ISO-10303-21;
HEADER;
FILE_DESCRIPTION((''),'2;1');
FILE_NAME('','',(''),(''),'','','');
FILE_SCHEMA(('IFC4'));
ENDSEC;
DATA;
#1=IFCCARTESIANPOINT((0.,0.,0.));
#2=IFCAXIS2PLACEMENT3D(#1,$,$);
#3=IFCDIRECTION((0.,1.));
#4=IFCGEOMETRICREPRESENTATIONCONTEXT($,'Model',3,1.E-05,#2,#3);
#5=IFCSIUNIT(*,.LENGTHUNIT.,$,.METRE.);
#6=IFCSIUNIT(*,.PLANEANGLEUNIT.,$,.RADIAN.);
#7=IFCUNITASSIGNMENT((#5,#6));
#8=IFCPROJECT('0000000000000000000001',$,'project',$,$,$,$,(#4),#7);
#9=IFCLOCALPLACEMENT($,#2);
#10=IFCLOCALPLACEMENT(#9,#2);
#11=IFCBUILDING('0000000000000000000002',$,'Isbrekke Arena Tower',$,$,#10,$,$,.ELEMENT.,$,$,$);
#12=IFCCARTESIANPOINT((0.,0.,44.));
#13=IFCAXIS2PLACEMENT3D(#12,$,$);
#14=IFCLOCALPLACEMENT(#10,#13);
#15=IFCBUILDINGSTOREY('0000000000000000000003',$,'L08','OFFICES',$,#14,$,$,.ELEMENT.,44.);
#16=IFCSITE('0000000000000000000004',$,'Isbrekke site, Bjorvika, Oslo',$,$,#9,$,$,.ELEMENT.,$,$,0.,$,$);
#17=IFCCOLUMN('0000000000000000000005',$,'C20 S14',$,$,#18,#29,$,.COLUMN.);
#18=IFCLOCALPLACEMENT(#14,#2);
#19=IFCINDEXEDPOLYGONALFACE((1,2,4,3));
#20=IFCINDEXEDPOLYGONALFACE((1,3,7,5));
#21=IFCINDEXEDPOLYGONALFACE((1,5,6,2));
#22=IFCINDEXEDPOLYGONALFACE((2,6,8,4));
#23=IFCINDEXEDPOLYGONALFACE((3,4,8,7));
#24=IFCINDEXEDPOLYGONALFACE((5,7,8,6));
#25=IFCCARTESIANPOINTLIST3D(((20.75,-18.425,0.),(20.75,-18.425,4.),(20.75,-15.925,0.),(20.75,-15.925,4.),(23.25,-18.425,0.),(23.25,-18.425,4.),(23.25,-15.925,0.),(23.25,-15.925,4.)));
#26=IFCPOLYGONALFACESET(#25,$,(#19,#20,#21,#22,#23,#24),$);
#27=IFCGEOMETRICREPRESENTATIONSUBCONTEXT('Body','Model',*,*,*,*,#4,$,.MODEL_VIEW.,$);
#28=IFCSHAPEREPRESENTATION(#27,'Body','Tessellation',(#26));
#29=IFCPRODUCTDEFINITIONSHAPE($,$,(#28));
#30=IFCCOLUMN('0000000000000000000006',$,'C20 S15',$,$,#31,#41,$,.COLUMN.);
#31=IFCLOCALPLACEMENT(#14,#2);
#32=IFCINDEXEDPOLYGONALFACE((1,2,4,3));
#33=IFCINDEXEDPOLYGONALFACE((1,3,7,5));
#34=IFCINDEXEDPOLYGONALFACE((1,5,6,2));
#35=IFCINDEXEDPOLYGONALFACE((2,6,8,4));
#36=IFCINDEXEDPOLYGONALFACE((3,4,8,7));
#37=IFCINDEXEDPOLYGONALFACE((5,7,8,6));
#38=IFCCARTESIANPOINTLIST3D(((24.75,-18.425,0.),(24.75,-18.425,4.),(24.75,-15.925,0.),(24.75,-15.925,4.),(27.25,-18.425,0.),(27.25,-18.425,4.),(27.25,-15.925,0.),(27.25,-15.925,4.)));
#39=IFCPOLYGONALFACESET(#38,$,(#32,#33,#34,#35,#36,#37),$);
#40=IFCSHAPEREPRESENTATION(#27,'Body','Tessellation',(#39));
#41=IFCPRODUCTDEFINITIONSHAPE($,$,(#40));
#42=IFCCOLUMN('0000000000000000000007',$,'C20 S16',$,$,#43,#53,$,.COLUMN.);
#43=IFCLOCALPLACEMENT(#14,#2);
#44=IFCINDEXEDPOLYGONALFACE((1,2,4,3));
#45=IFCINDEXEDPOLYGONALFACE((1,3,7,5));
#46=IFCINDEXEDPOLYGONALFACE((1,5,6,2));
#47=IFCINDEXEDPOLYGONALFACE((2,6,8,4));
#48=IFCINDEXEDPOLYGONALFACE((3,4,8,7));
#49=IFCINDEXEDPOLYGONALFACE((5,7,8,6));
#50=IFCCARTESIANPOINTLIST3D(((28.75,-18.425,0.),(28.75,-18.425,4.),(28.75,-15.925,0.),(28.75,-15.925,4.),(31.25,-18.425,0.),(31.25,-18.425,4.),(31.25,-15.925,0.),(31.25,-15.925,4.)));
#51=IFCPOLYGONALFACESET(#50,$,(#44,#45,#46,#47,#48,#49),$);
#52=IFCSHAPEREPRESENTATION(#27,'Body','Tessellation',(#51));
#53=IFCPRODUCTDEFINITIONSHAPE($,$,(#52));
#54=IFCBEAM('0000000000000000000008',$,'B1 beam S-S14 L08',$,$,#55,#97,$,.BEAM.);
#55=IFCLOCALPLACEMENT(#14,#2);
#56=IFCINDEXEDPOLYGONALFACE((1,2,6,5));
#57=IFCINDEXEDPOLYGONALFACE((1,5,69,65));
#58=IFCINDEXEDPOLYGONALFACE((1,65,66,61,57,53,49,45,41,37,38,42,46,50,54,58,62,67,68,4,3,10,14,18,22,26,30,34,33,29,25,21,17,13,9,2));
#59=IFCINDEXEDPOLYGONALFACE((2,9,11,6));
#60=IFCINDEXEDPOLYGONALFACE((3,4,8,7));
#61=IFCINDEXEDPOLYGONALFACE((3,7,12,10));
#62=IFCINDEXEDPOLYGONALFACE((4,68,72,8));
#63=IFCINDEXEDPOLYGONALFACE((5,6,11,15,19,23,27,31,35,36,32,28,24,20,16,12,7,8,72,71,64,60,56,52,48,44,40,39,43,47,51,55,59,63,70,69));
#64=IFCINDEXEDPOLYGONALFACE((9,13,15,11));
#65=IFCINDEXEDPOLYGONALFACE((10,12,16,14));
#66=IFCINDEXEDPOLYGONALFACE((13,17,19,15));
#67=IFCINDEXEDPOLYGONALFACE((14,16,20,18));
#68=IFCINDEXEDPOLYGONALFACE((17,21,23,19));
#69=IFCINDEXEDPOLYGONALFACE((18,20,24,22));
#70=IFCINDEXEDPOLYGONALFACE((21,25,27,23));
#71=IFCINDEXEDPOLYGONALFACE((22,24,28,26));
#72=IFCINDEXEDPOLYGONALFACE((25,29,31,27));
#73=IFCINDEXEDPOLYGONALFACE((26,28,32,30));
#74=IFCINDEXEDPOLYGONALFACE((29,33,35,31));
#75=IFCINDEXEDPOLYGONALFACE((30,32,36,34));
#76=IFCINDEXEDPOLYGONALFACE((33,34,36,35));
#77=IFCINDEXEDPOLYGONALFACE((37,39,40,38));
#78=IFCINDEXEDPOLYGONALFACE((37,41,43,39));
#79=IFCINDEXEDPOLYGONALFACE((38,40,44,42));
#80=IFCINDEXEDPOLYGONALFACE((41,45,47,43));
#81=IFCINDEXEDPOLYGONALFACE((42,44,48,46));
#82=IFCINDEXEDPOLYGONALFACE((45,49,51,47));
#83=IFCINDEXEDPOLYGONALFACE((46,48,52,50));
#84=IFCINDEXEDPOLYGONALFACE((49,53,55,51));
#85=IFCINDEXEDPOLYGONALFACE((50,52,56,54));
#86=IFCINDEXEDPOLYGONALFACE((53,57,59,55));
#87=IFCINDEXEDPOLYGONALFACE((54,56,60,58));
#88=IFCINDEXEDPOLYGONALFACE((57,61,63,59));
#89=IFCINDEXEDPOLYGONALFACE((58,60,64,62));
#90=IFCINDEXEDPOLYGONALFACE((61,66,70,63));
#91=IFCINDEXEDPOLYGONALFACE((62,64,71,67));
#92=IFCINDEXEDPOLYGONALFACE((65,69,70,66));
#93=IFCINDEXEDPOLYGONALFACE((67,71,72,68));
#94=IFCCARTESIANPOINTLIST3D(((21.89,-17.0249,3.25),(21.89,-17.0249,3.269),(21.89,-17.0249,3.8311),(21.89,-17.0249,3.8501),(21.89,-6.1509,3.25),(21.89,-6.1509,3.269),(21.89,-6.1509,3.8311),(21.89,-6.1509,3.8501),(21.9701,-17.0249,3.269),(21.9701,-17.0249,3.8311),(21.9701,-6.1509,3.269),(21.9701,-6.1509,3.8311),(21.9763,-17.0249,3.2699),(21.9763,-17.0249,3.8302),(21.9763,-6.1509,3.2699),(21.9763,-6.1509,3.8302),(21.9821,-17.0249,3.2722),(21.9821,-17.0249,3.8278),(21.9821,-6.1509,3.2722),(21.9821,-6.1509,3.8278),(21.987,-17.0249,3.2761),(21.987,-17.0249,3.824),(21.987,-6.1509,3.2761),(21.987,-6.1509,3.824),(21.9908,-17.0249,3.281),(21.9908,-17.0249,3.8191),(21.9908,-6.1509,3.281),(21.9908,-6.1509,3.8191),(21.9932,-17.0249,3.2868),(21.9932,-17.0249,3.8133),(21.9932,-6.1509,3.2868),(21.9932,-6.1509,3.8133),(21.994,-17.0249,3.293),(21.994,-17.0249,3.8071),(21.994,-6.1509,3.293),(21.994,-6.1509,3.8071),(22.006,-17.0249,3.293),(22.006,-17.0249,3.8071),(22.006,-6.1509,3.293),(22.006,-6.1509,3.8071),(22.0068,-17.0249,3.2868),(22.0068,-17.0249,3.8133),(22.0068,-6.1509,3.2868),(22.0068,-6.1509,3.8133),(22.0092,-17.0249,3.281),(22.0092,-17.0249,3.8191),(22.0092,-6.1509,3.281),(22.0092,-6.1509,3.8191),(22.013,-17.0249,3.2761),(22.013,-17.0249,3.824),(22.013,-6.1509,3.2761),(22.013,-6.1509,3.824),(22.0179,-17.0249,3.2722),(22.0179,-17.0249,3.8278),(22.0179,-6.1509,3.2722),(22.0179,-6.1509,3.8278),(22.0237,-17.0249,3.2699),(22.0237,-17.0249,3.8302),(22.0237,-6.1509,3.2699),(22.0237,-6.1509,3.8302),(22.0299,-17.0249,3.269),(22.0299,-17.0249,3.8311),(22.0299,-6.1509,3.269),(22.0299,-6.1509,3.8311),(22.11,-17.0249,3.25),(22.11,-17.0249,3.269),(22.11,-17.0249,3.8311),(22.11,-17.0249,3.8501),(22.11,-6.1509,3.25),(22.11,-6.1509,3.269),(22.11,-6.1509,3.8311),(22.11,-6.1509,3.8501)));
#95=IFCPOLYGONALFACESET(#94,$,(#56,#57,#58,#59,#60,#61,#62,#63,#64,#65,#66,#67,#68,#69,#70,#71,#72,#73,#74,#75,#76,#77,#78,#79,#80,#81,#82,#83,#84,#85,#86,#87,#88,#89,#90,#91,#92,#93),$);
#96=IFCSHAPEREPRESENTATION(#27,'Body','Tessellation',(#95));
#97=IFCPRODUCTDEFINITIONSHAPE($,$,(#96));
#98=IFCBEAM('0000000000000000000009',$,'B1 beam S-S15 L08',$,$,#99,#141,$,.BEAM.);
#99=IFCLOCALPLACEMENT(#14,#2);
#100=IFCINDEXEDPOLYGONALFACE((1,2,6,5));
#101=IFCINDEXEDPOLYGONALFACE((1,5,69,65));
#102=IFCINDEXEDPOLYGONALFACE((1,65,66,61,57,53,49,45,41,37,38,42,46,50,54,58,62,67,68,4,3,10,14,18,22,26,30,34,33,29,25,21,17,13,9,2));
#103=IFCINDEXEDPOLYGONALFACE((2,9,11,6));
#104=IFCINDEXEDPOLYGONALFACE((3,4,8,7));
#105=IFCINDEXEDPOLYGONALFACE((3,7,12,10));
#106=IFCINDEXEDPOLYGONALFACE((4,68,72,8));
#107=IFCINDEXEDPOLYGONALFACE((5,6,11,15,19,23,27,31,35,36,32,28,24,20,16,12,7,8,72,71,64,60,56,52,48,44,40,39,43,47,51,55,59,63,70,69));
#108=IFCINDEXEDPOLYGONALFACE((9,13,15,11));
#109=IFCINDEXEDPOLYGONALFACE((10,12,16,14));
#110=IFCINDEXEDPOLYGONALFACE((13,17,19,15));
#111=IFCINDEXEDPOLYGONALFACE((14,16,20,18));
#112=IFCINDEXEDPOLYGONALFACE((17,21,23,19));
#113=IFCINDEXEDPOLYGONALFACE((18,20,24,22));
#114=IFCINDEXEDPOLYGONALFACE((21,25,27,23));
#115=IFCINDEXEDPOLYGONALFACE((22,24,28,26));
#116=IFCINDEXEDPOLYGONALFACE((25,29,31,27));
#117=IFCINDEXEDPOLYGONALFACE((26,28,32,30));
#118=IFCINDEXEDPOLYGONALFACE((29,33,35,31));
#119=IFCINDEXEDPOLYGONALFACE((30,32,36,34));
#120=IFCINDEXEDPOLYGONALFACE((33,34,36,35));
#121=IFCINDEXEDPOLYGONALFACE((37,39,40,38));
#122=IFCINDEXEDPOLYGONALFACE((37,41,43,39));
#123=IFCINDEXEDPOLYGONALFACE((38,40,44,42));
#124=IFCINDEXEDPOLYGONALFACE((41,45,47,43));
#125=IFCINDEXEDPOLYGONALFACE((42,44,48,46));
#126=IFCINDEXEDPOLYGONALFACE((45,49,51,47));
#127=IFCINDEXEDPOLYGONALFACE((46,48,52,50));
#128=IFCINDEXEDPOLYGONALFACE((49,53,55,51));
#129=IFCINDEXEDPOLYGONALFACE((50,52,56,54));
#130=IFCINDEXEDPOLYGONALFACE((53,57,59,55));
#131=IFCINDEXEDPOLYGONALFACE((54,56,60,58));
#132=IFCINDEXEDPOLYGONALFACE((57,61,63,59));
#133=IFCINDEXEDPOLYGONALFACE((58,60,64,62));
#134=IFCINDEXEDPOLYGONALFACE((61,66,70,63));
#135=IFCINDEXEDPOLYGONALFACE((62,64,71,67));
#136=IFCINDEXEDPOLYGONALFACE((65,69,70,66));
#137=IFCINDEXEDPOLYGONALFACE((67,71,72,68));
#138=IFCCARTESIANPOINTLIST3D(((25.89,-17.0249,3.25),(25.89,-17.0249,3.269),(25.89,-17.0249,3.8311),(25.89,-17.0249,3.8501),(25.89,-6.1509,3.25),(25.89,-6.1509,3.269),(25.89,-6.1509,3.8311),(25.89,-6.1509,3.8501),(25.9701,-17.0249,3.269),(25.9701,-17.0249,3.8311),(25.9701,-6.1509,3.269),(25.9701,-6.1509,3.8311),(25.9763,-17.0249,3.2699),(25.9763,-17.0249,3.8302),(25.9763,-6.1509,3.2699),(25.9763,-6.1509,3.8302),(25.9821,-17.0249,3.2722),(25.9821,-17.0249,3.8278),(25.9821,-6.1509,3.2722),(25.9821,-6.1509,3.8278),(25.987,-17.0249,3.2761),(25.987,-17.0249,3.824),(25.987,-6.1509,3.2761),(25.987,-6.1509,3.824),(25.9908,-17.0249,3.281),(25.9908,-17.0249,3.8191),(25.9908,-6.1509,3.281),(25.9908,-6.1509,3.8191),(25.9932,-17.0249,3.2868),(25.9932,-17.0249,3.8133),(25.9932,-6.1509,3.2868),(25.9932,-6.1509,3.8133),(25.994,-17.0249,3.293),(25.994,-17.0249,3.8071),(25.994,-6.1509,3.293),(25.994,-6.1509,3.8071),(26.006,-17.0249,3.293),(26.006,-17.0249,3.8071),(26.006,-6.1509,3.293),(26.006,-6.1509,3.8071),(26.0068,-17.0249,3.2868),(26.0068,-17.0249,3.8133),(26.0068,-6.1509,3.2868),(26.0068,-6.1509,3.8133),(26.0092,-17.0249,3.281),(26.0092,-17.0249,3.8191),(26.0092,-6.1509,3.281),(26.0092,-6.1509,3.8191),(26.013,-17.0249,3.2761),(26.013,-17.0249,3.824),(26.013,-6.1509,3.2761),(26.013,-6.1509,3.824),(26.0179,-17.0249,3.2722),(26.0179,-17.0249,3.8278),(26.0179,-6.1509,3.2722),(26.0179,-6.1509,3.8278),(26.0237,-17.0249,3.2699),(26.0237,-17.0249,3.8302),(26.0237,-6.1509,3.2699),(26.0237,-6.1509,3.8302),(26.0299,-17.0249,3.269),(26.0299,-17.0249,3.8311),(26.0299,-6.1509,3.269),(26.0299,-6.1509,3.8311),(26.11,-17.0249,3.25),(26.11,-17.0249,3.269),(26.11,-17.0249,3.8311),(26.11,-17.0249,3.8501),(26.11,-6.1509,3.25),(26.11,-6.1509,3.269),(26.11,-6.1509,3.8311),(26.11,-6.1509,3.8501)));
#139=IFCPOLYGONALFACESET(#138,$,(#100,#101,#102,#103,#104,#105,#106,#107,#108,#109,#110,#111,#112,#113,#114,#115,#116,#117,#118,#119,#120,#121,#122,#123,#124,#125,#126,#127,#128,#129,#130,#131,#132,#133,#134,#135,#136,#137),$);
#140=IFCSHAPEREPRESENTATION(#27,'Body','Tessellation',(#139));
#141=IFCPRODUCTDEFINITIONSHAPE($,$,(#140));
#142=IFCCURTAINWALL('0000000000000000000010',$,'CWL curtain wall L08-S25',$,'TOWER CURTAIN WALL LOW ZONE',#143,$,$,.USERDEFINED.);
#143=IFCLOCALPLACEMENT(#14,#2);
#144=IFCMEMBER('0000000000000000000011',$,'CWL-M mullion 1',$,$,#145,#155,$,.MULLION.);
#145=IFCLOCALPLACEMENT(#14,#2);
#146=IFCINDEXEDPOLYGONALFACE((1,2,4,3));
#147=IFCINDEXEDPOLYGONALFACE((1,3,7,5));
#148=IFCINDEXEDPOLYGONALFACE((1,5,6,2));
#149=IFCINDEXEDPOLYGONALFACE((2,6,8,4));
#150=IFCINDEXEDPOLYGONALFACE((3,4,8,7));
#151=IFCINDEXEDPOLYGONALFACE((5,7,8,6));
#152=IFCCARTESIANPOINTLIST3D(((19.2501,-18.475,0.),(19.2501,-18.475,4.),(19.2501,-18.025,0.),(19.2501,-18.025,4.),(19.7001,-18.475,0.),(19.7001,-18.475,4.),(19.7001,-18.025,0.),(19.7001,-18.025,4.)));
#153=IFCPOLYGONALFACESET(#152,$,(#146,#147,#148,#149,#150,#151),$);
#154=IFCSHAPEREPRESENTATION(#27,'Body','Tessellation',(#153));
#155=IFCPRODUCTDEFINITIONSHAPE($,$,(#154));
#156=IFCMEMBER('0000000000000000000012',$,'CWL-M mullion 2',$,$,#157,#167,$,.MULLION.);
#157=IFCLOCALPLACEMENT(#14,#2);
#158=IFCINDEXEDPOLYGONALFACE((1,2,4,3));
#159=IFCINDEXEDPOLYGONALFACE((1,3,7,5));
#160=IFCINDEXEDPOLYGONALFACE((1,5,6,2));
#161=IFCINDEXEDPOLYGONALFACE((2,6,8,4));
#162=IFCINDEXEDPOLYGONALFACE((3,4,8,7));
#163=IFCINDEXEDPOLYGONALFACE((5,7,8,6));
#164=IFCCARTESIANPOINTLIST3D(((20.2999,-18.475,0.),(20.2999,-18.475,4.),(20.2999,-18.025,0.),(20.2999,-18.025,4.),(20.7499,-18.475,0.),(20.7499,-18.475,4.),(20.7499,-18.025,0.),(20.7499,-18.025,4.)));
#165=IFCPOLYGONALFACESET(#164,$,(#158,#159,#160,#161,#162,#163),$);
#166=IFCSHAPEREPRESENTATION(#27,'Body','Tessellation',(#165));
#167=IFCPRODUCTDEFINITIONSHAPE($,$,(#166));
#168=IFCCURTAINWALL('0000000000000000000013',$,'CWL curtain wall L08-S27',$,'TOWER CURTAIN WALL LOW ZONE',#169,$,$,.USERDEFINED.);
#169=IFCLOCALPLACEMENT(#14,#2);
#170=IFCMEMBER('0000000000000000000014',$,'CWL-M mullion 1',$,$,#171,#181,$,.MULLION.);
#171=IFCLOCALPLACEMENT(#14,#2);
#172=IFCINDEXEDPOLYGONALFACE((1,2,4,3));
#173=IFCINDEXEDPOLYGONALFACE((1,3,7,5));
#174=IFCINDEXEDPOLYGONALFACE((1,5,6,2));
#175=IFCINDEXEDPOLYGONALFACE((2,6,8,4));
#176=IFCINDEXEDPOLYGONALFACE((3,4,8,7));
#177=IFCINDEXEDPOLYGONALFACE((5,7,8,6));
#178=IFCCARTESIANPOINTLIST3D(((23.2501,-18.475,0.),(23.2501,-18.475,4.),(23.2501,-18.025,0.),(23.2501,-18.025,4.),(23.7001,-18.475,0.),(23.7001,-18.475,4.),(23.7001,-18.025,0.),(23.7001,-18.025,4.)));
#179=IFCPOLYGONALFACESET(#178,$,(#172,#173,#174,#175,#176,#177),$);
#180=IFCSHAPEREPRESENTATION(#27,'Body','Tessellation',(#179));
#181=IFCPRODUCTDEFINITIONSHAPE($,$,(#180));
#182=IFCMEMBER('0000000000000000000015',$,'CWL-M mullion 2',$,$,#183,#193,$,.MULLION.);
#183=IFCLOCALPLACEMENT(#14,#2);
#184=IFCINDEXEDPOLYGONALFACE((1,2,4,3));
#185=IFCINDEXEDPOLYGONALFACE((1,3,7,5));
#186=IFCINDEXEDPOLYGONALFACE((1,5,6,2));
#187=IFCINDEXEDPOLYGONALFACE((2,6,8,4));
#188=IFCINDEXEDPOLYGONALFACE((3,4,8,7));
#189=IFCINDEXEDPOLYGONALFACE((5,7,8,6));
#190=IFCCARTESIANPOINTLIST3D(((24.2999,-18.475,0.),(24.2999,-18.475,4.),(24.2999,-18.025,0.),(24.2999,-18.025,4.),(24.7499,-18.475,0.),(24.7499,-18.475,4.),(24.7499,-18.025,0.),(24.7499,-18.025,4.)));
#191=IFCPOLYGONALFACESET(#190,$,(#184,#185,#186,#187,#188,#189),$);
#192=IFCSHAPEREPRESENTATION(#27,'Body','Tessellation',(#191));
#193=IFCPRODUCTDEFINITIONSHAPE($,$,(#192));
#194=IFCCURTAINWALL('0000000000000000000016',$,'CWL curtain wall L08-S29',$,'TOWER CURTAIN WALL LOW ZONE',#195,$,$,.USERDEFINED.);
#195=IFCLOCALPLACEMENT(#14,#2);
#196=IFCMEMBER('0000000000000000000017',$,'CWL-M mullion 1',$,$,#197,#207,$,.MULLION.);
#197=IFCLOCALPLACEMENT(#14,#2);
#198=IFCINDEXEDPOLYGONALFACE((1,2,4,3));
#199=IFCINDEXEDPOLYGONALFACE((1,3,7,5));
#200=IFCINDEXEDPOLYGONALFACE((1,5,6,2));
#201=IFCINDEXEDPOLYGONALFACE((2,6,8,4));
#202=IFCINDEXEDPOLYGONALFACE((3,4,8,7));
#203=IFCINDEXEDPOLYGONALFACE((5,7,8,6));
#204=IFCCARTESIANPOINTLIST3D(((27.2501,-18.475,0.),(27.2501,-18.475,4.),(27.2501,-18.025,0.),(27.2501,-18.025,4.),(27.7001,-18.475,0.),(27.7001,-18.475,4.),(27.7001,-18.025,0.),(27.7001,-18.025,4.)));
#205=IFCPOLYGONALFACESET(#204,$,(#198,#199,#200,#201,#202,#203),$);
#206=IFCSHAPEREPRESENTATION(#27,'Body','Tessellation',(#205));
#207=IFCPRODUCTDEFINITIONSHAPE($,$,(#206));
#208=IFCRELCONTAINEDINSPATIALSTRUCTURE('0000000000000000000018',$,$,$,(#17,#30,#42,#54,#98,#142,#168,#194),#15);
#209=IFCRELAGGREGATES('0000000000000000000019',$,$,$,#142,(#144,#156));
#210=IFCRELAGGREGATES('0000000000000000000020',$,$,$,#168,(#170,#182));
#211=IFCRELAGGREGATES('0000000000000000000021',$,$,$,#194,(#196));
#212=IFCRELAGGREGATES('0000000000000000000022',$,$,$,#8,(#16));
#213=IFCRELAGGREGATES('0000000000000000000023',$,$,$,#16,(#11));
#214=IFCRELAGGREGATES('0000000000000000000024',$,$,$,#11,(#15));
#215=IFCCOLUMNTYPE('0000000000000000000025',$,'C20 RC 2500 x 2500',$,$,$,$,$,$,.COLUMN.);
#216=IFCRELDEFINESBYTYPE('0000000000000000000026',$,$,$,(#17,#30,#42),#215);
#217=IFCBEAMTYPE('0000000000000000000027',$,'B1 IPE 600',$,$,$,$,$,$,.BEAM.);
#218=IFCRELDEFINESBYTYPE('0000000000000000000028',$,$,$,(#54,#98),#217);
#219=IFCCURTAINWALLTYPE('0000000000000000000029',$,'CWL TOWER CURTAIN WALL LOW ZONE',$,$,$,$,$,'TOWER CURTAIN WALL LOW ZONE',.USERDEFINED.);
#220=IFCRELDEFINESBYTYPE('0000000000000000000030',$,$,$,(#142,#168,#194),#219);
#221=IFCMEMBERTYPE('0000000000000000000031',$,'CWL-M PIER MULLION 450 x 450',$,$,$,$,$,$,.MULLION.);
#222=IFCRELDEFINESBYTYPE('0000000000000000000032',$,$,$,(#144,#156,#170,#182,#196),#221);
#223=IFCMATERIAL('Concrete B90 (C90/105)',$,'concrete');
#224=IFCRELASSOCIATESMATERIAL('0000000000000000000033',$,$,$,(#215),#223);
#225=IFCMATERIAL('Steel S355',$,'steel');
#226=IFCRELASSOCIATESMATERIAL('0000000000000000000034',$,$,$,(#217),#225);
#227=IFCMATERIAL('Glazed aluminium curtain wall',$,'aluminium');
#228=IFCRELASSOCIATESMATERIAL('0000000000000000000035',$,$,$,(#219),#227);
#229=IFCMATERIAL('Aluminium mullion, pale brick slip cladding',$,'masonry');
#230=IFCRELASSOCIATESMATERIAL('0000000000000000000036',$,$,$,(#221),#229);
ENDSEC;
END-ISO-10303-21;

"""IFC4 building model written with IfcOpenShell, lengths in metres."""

from ifc_helpers import new_model, si_unit, direction, frame, origin, origin_2d, place, context, subcontext, project, spatial, rectangle, i_section, extrude, material, material_profile, profile_set, type_object, element, aggregate, save


model = new_model("IFC4")

# Units and contexts
model_context = context("Model", 3, precision=1e-05, world=origin(), true_north=direction((0.0, 1.0)))
body_context = subcontext(model_context, "Body", "Model", "MODEL_VIEW")
ifc_project = project(units=[si_unit("LENGTHUNIT", "METRE"), si_unit("PLANEANGLEUNIT", "RADIAN")], contexts=[model_context])

# Site, building, storey
site_placement = place(None, origin())
site = spatial("IfcSite", under=ifc_project, at=site_placement, Name="Isbrekke site, Bjorvika, Oslo", CompositionType="ELEMENT", RefElevation=0.0)
building_placement = place(site_placement, origin())
building = spatial("IfcBuilding", under=site, at=building_placement, Name="Isbrekke Arena Tower", CompositionType="ELEMENT")
storey_placement = place(building_placement, frame((0.0, 0.0, 44.0)))
storey = spatial("IfcBuildingStorey", under=building, at=storey_placement, Name="L08", Description="OFFICES", CompositionType="ELEMENT", Elevation=44.0)

# Columns
ifc_material_1 = material(Name="Concrete B90 (C90/105)", Category="concrete")
ifc_material_profile_1 = material_profile(ifc_material_1, rectangle(XDim=2.5, YDim=2.5, at=origin_2d()), Name="RC 2500x2500")
ifc_profile_set_1 = profile_set([ifc_material_profile_1], Name="Concrete B90 (C90/105)")
column_type = type_object("IfcColumnType", Name="C20 RC 2500 x 2500", PredefinedType="COLUMN", material=ifc_profile_set_1)
for number, where, z_axis, x_axis, name in (
    (1, (22.0, -17.175, 0.0), (0.0, 0.0, 1.0), (1.0, 0.0, 0.0), "C20 S14"),
    (2, (26.0, -17.175, 0.0), (0.0, 0.0, 1.0), (1.0, 0.0, 0.0), "C20 S15"),
    (3, (30.0, -17.175, 0.0), (0.0, 0.0, 1.0), (1.0, 0.0, 0.0), "C20 S16"),
):
    element("IfcColumn", number, at=place(storey_placement, frame(where, z_axis=z_axis, x_axis=x_axis)), inside=storey, type_object=column_type, Name=name, PredefinedType="COLUMN", context=body_context, shape_type="SweptSolid", body=[
        extrude(rectangle(XDim=2.5, YDim=2.5, at=origin_2d()), origin(), (0.0, 0.0, 1.0), 4.0),
    ])

# Beams
ifc_material_2 = material(Name="Steel S355", Category="steel")
ifc_material_profile_2 = material_profile(ifc_material_2, i_section(OverallWidth=0.22, OverallDepth=0.6001, WebThickness=0.012, FlangeThickness=0.019, FilletRadius=0.0239, at=origin_2d()), Name="IPE 600")
ifc_profile_set_2 = profile_set([ifc_material_profile_2], Name="Steel S355")
beam_type_1 = type_object("IfcBeamType", Name="B1 IPE 600", PredefinedType="BEAM", material=ifc_profile_set_2)
for number, where, z_axis, x_axis, name in (
    (4, (22.0, -17.0249, 3.55), (0.0, 1.0, 0.0), (-1.0, 0.0, 0.0), "B1 beam S-S14 L08"),
    (5, (26.0, -17.0249, 3.55), (0.0, 1.0, 0.0), (-1.0, 0.0, 0.0), "B1 beam S-S15 L08"),
):
    element("IfcBeam", number, at=place(storey_placement, frame(where, z_axis=z_axis, x_axis=x_axis)), inside=storey, type_object=beam_type_1, Name=name, PredefinedType="BEAM", context=body_context, shape_type="SweptSolid", body=[
        extrude(i_section(OverallWidth=0.22, OverallDepth=0.6001, WebThickness=0.012, FlangeThickness=0.019, FilletRadius=0.0239, at=origin_2d()), origin(), (0.0, 0.0, 1.0), 10.874),
    ])

# Curtain walls, members
ifc_material_3 = material(Name="Glazed aluminium curtain wall", Category="aluminium")
curtain_wall_type = type_object("IfcCurtainWallType", Name="CWL TOWER CURTAIN WALL LOW ZONE", ElementType="TOWER CURTAIN WALL LOW ZONE", PredefinedType="USERDEFINED", material=ifc_material_3)
curtain_wall_1_placement = place(storey_placement, origin())
curtain_wall_1 = element("IfcCurtainWall", 6, at=curtain_wall_1_placement, inside=storey, type_object=curtain_wall_type, Name="CWL curtain wall L08-S25", ObjectType="TOWER CURTAIN WALL LOW ZONE", PredefinedType="USERDEFINED")
ifc_material_4 = material(Name="Aluminium mullion, pale brick slip cladding", Category="masonry")
ifc_material_profile_3 = material_profile(ifc_material_4, rectangle(XDim=0.45, YDim=0.45, at=origin_2d()), Name="PIER 450X450")
ifc_profile_set_3 = profile_set([ifc_material_profile_3], Name="Aluminium mullion, pale brick slip cladding")
member_type_1 = type_object("IfcMemberType", Name="CWL-M PIER MULLION 450 x 450", PredefinedType="MULLION", material=ifc_profile_set_3)
member_1_placement = place(storey_placement, frame((19.4751, -18.25, 0.0), z_axis=(0.0, 0.0, 1.0), x_axis=(1.0, 0.0, 0.0)))
member_1 = element("IfcMember", 7, at=member_1_placement, type_object=member_type_1, Name="CWL-M mullion 1", PredefinedType="MULLION", context=body_context, shape_type="SweptSolid", body=[
    extrude(rectangle(XDim=0.45, YDim=0.45, at=origin_2d()), origin(), (0.0, 0.0, 1.0), 4.0),
])
member_2_placement = place(storey_placement, frame((20.5249, -18.25, 0.0), z_axis=(0.0, 0.0, 1.0), x_axis=(1.0, 0.0, 0.0)))
member_2 = element("IfcMember", 8, at=member_2_placement, type_object=member_type_1, Name="CWL-M mullion 2", PredefinedType="MULLION", context=body_context, shape_type="SweptSolid", body=[
    extrude(rectangle(XDim=0.45, YDim=0.45, at=origin_2d()), origin(), (0.0, 0.0, 1.0), 4.0),
])
curtain_wall_2_placement = place(storey_placement, origin())
curtain_wall_2 = element("IfcCurtainWall", 9, at=curtain_wall_2_placement, inside=storey, type_object=curtain_wall_type, Name="CWL curtain wall L08-S27", ObjectType="TOWER CURTAIN WALL LOW ZONE", PredefinedType="USERDEFINED")
member_3_placement = place(storey_placement, frame((23.4751, -18.25, 0.0), z_axis=(0.0, 0.0, 1.0), x_axis=(1.0, 0.0, 0.0)))
member_3 = element("IfcMember", 10, at=member_3_placement, type_object=member_type_1, Name="CWL-M mullion 1", PredefinedType="MULLION", context=body_context, shape_type="SweptSolid", body=[
    extrude(rectangle(XDim=0.45, YDim=0.45, at=origin_2d()), origin(), (0.0, 0.0, 1.0), 4.0),
])
member_4_placement = place(storey_placement, frame((24.5249, -18.25, 0.0), z_axis=(0.0, 0.0, 1.0), x_axis=(1.0, 0.0, 0.0)))
member_4 = element("IfcMember", 11, at=member_4_placement, type_object=member_type_1, Name="CWL-M mullion 2", PredefinedType="MULLION", context=body_context, shape_type="SweptSolid", body=[
    extrude(rectangle(XDim=0.45, YDim=0.45, at=origin_2d()), origin(), (0.0, 0.0, 1.0), 4.0),
])
curtain_wall_3_placement = place(storey_placement, origin())
curtain_wall_3 = element("IfcCurtainWall", 12, at=curtain_wall_3_placement, inside=storey, type_object=curtain_wall_type, Name="CWL curtain wall L08-S29", ObjectType="TOWER CURTAIN WALL LOW ZONE", PredefinedType="USERDEFINED")
member_5_placement = place(storey_placement, frame((27.4751, -18.25, 0.0), z_axis=(0.0, 0.0, 1.0), x_axis=(1.0, 0.0, 0.0)))
member_5 = element("IfcMember", 13, at=member_5_placement, type_object=member_type_1, Name="CWL-M mullion 1", PredefinedType="MULLION", context=body_context, shape_type="SweptSolid", body=[
    extrude(rectangle(XDim=0.45, YDim=0.45, at=origin_2d()), origin(), (0.0, 0.0, 1.0), 4.0),
])

aggregate(curtain_wall_1, [member_1, member_2])
aggregate(curtain_wall_2, [member_3, member_4])
aggregate(curtain_wall_3, [member_5])

save(model, "model.ifc")
